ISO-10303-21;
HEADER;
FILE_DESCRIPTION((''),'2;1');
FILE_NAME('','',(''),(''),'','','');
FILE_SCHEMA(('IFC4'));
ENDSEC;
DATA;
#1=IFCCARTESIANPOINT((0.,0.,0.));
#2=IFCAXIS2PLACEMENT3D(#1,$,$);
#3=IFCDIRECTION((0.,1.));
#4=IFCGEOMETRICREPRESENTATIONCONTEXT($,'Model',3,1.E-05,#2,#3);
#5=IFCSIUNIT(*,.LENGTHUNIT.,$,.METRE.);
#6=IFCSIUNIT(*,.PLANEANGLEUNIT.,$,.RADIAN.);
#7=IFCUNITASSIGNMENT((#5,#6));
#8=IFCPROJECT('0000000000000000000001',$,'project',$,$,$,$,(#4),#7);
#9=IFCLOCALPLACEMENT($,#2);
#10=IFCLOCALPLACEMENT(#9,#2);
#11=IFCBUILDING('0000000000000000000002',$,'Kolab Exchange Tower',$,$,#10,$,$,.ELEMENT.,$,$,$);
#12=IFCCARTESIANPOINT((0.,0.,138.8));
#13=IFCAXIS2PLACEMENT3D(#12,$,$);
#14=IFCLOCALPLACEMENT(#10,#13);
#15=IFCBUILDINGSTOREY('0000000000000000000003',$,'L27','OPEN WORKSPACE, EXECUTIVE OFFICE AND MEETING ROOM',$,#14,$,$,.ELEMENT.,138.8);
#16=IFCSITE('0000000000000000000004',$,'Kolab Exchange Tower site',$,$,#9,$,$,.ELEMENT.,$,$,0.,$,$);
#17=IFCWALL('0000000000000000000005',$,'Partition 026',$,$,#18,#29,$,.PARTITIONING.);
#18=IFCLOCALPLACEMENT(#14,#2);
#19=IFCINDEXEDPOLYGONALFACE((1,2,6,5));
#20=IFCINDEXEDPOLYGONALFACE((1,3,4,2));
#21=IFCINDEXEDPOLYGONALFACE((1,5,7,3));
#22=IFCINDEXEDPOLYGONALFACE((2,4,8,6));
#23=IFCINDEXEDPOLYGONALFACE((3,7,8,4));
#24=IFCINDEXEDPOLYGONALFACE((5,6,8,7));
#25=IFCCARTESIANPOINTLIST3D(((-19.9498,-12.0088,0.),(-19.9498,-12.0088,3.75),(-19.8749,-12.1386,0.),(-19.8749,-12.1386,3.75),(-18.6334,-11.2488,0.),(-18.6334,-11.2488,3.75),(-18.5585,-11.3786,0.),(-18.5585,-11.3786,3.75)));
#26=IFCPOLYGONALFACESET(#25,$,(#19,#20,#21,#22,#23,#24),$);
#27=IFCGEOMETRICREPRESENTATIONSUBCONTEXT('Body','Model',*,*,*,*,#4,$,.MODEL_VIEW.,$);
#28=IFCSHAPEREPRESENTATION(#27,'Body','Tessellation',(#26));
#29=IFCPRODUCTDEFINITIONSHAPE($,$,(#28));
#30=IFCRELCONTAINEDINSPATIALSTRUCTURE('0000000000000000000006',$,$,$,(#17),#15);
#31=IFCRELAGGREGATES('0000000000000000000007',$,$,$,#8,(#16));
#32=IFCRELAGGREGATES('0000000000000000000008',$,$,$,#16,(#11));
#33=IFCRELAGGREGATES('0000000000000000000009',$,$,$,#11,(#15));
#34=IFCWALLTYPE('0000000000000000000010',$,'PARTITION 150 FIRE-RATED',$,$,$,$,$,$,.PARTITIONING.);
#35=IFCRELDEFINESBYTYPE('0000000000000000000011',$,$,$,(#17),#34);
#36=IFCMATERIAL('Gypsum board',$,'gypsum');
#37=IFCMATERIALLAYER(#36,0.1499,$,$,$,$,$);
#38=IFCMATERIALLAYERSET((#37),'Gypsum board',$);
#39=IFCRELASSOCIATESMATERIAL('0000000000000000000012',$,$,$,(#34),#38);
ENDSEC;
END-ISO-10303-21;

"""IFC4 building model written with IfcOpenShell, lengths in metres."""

from ifc_helpers import new_model, si_unit, direction, frame, frame_2d, origin, place, context, subcontext, project, spatial, rectangle, extrude, material, layer, layer_set, type_object, element, save


model = new_model("IFC4")

# Units and contexts
model_context = context("Model", 3, precision=1e-05, world=origin(), true_north=direction((0.0, 1.0)))
body_context = subcontext(model_context, "Body", "Model", "MODEL_VIEW")
ifc_project = project(units=[si_unit("LENGTHUNIT", "METRE"), si_unit("PLANEANGLEUNIT", "RADIAN")], contexts=[model_context])

# Site, building, storey
site_placement = place(None, origin())
site = spatial("IfcSite", under=ifc_project, at=site_placement, Name="Kolab Exchange Tower site", CompositionType="ELEMENT", RefElevation=0.0)
building_placement = place(site_placement, origin())
building = spatial("IfcBuilding", under=site, at=building_placement, Name="Kolab Exchange Tower", CompositionType="ELEMENT")
storey_placement = place(building_placement, frame((0.0, 0.0, 138.8)))
storey = spatial("IfcBuildingStorey", under=building, at=storey_placement, Name="L27", Description="OPEN WORKSPACE, EXECUTIVE OFFICE AND MEETING ROOM", CompositionType="ELEMENT", Elevation=138.8)

# Shared definitions
ifc_material_1 = material(Name="Gypsum board", Category="gypsum")

# Shared definitions
ifc_layer_1 = layer(ifc_material_1, 0.1499)
ifc_layer_set_1 = layer_set([ifc_layer_1], Name="Gypsum board")
wall_type_1 = type_object("IfcWallType", Name="PARTITION 150 FIRE-RATED", PredefinedType="PARTITIONING", material=ifc_layer_set_1)

# Wall
wall_1_placement = place(storey_placement, frame((-19.9124, -12.0737, 0.0), z_axis=(0.0, 0.0, 1.0), x_axis=(0.86603, 0.499991, 0.0)))
element("IfcWall", 1, at=wall_1_placement, inside=storey, type_object=wall_type_1, Name="Partition 026", PredefinedType="PARTITIONING", context=body_context, shape_type="SweptSolid", body=[
    extrude(rectangle(XDim=1.52, YDim=0.1499, at=frame_2d((0.76, 0.0))), origin(), (0.0, 0.0, 1.0), 3.75),
])

save(model, "model.ifc")
